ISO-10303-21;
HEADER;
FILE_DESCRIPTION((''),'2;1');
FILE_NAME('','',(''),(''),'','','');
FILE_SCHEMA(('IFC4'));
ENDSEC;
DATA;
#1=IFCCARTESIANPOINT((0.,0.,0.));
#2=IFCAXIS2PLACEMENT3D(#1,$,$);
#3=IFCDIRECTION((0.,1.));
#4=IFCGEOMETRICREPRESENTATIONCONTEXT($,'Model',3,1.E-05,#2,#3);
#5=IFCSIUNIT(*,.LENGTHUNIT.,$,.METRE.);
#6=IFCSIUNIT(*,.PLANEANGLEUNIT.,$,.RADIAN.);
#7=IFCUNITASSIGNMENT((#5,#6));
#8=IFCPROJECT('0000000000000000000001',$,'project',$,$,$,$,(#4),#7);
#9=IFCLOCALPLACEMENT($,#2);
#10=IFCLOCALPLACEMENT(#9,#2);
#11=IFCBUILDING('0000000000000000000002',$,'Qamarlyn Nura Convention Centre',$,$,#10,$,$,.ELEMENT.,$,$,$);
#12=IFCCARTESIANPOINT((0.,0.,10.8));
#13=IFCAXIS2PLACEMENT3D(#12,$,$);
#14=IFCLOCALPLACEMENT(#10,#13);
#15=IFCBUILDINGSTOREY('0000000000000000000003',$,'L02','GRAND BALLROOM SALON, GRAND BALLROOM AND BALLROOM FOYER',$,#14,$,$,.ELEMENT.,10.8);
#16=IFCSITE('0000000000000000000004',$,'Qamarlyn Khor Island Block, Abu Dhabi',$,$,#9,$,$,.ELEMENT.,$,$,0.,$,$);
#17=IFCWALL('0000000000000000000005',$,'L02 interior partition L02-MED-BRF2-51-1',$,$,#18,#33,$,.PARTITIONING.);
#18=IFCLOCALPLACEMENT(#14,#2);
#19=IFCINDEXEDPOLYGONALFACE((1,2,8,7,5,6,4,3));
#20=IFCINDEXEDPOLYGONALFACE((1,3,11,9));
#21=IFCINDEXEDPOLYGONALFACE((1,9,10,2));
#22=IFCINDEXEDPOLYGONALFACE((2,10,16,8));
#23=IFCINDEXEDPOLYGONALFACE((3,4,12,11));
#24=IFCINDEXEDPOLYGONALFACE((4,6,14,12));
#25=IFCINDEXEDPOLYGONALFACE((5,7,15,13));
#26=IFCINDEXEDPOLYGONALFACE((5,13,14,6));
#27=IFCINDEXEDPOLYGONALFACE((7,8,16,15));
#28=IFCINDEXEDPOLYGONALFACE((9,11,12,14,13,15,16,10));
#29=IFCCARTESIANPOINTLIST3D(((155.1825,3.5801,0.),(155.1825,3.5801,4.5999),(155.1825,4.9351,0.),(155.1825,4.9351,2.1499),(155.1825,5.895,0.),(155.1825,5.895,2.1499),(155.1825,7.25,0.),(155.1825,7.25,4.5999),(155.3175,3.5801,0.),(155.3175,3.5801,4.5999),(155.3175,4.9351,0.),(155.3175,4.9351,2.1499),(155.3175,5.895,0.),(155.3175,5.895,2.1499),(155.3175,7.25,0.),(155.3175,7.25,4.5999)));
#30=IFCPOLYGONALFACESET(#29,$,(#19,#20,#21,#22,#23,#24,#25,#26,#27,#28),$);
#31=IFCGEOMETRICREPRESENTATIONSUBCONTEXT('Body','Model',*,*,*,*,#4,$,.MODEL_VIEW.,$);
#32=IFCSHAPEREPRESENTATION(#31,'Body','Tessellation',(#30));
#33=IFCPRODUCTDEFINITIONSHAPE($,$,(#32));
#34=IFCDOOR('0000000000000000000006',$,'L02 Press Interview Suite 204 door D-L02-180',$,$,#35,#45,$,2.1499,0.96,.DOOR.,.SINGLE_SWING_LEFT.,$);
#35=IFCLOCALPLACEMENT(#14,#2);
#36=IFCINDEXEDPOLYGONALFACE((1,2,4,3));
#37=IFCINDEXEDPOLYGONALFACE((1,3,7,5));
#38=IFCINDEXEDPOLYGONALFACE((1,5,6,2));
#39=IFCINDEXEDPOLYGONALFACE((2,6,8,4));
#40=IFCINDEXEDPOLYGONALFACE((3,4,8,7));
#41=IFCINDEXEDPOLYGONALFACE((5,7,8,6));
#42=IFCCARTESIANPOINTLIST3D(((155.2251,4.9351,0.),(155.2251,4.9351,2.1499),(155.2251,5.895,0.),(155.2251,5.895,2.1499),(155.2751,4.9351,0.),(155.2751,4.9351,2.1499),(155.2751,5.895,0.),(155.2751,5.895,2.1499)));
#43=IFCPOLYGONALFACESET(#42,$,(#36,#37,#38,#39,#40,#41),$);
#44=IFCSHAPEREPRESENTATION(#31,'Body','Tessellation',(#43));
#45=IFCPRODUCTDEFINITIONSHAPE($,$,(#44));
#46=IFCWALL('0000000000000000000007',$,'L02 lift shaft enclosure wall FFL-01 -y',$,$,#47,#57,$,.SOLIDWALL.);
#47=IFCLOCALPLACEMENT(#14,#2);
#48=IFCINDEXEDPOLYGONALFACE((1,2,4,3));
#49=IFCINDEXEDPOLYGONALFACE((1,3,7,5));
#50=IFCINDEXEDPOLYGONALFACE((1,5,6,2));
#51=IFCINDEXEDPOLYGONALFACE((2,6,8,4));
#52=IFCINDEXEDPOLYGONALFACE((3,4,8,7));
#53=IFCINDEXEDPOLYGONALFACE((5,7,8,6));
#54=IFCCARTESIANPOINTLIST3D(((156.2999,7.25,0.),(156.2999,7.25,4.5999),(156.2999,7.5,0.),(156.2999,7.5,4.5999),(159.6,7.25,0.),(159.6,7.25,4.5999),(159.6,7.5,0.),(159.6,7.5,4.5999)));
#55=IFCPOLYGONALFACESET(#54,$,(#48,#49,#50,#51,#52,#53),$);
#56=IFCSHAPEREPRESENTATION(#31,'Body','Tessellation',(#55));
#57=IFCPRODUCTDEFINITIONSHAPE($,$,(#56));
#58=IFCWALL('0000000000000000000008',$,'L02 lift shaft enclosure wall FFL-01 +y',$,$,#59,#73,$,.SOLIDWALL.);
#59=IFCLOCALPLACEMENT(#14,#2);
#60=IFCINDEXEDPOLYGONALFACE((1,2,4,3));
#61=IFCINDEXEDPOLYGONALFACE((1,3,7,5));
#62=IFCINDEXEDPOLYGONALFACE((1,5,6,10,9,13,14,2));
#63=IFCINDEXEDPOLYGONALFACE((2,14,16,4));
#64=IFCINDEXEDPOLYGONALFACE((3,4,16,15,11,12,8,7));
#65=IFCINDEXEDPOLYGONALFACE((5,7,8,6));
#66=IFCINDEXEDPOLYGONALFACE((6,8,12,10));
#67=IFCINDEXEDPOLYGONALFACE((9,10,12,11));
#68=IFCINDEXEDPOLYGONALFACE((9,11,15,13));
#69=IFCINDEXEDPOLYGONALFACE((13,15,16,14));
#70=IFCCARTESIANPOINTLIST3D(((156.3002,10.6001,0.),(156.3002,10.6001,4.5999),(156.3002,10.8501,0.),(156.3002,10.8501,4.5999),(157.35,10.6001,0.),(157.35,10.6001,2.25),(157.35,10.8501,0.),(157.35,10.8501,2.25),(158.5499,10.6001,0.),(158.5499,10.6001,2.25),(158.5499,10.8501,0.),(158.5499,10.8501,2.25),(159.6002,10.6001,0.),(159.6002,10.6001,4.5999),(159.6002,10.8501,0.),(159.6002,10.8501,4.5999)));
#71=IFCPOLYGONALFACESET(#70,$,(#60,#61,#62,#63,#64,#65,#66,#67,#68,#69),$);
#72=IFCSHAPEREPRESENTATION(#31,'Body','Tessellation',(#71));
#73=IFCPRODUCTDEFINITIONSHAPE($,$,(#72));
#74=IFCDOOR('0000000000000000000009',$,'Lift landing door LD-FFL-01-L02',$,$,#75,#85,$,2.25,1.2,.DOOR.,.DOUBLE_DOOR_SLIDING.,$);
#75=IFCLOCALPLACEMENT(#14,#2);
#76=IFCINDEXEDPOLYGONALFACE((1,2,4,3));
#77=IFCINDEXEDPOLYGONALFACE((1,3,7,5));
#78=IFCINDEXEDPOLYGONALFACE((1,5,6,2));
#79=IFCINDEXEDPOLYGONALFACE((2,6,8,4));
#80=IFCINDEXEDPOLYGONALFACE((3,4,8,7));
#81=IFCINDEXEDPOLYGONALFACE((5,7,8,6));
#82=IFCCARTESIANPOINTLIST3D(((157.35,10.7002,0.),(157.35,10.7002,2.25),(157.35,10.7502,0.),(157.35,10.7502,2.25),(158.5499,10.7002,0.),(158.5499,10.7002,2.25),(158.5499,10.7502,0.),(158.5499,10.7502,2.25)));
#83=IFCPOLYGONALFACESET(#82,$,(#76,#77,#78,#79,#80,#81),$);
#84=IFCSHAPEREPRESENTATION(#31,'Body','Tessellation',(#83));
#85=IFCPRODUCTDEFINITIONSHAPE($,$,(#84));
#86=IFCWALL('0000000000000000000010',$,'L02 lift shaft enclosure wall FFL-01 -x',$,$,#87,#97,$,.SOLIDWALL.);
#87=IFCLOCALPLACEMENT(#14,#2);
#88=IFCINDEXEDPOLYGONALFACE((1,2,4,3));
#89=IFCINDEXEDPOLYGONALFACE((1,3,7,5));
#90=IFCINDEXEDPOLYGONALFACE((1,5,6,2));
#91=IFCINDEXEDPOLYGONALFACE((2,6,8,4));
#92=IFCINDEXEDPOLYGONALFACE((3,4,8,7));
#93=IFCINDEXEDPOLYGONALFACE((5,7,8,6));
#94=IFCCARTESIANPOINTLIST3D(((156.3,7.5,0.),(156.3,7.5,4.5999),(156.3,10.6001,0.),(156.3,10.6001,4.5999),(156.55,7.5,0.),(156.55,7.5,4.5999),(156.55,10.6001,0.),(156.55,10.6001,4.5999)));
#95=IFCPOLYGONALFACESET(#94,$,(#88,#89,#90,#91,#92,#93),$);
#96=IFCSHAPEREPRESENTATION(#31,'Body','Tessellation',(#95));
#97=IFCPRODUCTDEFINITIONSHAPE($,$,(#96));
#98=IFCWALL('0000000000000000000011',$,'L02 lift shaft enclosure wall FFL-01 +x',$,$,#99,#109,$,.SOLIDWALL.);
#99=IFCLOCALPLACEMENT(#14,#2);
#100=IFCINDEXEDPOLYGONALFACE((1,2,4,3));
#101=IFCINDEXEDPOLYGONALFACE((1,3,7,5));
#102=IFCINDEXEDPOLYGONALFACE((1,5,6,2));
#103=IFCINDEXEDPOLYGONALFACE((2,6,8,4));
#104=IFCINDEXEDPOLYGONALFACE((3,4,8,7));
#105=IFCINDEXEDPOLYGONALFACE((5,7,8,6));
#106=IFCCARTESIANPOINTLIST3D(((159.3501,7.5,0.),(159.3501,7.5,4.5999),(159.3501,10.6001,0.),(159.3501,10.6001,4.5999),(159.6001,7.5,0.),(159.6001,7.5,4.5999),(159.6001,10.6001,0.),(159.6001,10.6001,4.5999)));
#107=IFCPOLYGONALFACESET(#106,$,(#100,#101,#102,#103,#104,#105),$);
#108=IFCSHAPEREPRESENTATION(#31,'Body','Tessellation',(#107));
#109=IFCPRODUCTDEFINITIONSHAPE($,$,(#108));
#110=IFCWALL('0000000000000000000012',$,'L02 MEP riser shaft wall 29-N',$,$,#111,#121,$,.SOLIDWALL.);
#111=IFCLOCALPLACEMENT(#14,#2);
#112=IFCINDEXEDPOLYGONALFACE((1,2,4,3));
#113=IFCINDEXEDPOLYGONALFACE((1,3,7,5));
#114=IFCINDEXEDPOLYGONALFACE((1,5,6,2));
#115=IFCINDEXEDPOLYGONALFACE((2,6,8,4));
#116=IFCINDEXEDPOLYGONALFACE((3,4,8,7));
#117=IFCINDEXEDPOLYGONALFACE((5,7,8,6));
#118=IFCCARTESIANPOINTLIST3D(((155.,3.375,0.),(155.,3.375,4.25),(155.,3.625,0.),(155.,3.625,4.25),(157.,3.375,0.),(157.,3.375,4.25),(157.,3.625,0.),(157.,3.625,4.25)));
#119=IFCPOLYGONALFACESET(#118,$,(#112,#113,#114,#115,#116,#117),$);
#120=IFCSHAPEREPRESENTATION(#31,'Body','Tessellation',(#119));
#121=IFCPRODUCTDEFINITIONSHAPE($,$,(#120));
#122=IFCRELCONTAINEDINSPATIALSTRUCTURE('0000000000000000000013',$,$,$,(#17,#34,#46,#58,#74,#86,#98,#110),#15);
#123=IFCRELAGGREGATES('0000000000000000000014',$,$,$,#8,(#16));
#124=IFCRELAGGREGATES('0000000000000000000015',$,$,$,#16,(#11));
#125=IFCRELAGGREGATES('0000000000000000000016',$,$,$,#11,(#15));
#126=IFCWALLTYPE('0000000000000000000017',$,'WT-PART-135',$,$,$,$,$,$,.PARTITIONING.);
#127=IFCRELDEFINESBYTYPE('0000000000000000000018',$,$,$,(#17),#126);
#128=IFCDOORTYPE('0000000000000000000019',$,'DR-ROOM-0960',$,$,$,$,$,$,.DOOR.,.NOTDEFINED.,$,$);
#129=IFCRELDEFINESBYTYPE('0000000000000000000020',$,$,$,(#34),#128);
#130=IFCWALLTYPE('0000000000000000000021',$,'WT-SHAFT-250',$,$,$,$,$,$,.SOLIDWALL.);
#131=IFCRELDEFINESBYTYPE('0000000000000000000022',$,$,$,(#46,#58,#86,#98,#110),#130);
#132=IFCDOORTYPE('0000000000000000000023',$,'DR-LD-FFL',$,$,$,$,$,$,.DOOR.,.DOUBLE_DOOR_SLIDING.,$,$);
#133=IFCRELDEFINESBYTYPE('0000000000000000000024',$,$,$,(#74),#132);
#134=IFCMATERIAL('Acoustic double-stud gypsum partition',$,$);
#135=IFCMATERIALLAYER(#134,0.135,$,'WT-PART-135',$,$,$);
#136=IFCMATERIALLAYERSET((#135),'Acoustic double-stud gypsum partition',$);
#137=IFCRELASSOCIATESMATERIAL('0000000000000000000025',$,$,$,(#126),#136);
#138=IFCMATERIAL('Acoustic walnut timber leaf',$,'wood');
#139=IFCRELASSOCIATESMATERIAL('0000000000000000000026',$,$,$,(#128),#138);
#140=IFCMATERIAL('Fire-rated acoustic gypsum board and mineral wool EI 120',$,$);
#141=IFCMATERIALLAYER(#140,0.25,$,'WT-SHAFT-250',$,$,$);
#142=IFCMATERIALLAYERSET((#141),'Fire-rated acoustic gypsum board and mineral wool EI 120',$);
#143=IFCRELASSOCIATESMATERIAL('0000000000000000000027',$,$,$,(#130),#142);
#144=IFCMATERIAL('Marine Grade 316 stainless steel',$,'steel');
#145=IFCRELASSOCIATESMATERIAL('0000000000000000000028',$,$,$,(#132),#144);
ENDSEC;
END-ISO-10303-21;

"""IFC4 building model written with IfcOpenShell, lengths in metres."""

from ifc_helpers import new_model, si_unit, direction, frame, frame_2d, origin, place, context, subcontext, project, spatial, rectangle, extrude, material, layer, layer_set, type_object, element, fill, save


model = new_model("IFC4")

# Units and contexts
model_context = context("Model", 3, precision=1e-05, world=origin(), true_north=direction((0.0, 1.0)))
body_context = subcontext(model_context, "Body", "Model", "MODEL_VIEW")
ifc_project = project(units=[si_unit("LENGTHUNIT", "METRE"), si_unit("PLANEANGLEUNIT", "RADIAN")], contexts=[model_context])

# Site, building, storey
site_placement = place(None, origin())
site = spatial("IfcSite", under=ifc_project, at=site_placement, Name="Qamarlyn Khor Island Block, Abu Dhabi", CompositionType="ELEMENT", RefElevation=0.0)
building_placement = place(site_placement, origin())
building = spatial("IfcBuilding", under=site, at=building_placement, Name="Qamarlyn Nura Convention Centre", CompositionType="ELEMENT")
storey_placement = place(building_placement, frame((0.0, 0.0, 10.8)))
storey = spatial("IfcBuildingStorey", under=building, at=storey_placement, Name="L02", Description="GRAND BALLROOM SALON, GRAND BALLROOM AND BALLROOM FOYER", CompositionType="ELEMENT", Elevation=10.8)

# Shared definitions
ifc_material_1 = material(Name="Fire-rated acoustic gypsum board and mineral wool EI 120")

# Shared definitions
ifc_material_2 = material(Name="Acoustic double-stud gypsum partition")
ifc_material_3 = material(Name="Acoustic walnut timber leaf", Category="wood")

# Shared definitions
ifc_layer_1 = layer(ifc_material_2, 0.135, Name="WT-PART-135")
ifc_layer_set_1 = layer_set([ifc_layer_1], Name="Acoustic double-stud gypsum partition")
wall_type_1 = type_object("IfcWallType", Name="WT-PART-135", PredefinedType="PARTITIONING", material=ifc_layer_set_1)

# Wall, opening, door
wall_1_placement = place(storey_placement, frame((155.25, 3.5801, 0.0), z_axis=(0.0, 0.0, 1.0), x_axis=(0.0, 1.0, 0.0)))
wall_1 = element("IfcWall", 1, at=wall_1_placement, inside=storey, type_object=wall_type_1, Name="L02 interior partition L02-MED-BRF2-51-1", PredefinedType="PARTITIONING", context=body_context, shape_type="SweptSolid", body=[
    extrude(rectangle(XDim=3.6699, YDim=0.135, at=frame_2d((1.835, 0.0))), origin(), (0.0, 0.0, 1.0), 4.5999),
])
opening_1_placement = place(wall_1_placement, frame((1.355, 0.0, 0.0)))
opening_1 = element("IfcOpeningElement", 2, at=opening_1_placement, cuts=wall_1, PredefinedType="OPENING", context=body_context, shape_type="SweptSolid", body=[
    extrude(rectangle(XDim=0.96, YDim=2.1499, at=frame_2d((0.48, 1.075))), frame((0.0, 0.0776, 0.0), z_axis=(0.0, -1.0, 0.0), x_axis=(1.0, 0.0, 0.0)), (0.0, 0.0, 1.0), 0.155),
])
door_type_1 = type_object("IfcDoorType", Name="DR-ROOM-0960", OperationType="NOTDEFINED", PredefinedType="DOOR", material=ifc_material_3)
door_1_placement = place(opening_1_placement, origin())
door_1 = element("IfcDoor", 3, at=door_1_placement, inside=storey, type_object=door_type_1, Name="L02 Press Interview Suite 204 door D-L02-180", OperationType="SINGLE_SWING_LEFT", OverallHeight=2.1499, OverallWidth=0.96, PredefinedType="DOOR", context=body_context, shape_type="SweptSolid", body=[
    extrude(rectangle(XDim=0.96, YDim=2.1499, at=frame_2d((0.48, 1.075))), frame((0.0, 0.0249, 0.0), z_axis=(0.0, -1.0, 0.0), x_axis=(1.0, 0.0, 0.0)), (0.0, 0.0, 1.0), 0.05),
])
fill(opening_1, door_1)

# Wall
ifc_layer_2 = layer(ifc_material_1, 0.25, Name="WT-SHAFT-250")
ifc_layer_set_2 = layer_set([ifc_layer_2], Name="Fire-rated acoustic gypsum board and mineral wool EI 120")
wall_type_2 = type_object("IfcWallType", Name="WT-SHAFT-250", PredefinedType="SOLIDWALL", material=ifc_layer_set_2)
wall_2_placement = place(storey_placement, frame((156.3, 7.375, 0.0), z_axis=(0.0, 0.0, 1.0), x_axis=(1.0, 0.0, 0.0)))
element("IfcWall", 4, at=wall_2_placement, inside=storey, type_object=wall_type_2, Name="L02 lift shaft enclosure wall FFL-01 -y", PredefinedType="SOLIDWALL", context=body_context, shape_type="SweptSolid", body=[
    extrude(rectangle(XDim=3.3, YDim=0.25, at=frame_2d((1.6499, 0.0))), origin(), (0.0, 0.0, 1.0), 4.5999),
])

# Wall, opening, door
wall_3_placement = place(storey_placement, frame((159.6001, 10.7251, 0.0), z_axis=(0.0, 0.0, 1.0), x_axis=(-1.0, 0.0, 0.0)))
wall_3 = element("IfcWall", 5, at=wall_3_placement, inside=storey, type_object=wall_type_2, Name="L02 lift shaft enclosure wall FFL-01 +y", PredefinedType="SOLIDWALL", context=body_context, shape_type="SweptSolid", body=[
    extrude(rectangle(XDim=3.3, YDim=0.25, at=frame_2d((1.6499, 0.0))), origin(), (0.0, 0.0, 1.0), 4.5999),
])
opening_2_placement = place(wall_3_placement, frame((1.05, 0.0, 0.0)))
opening_2 = element("IfcOpeningElement", 6, at=opening_2_placement, cuts=wall_3, PredefinedType="OPENING", context=body_context, shape_type="SweptSolid", body=[
    extrude(rectangle(XDim=1.2, YDim=2.25, at=frame_2d((0.6001, 1.125))), frame((0.0, 0.135, 0.0), z_axis=(0.0, -1.0, 0.0), x_axis=(1.0, 0.0, 0.0)), (0.0, 0.0, 1.0), 0.27),
])
ifc_material_4 = material(Name="Marine Grade 316 stainless steel", Category="steel")
door_type_2 = type_object("IfcDoorType", Name="DR-LD-FFL", OperationType="DOUBLE_DOOR_SLIDING", PredefinedType="DOOR", material=ifc_material_4)
door_2_placement = place(opening_2_placement, origin())
door_2 = element("IfcDoor", 7, at=door_2_placement, inside=storey, type_object=door_type_2, Name="Lift landing door LD-FFL-01-L02", OperationType="DOUBLE_DOOR_SLIDING", OverallHeight=2.25, OverallWidth=1.2, PredefinedType="DOOR", context=body_context, shape_type="SweptSolid", body=[
    extrude(rectangle(XDim=1.2, YDim=2.25, at=frame_2d((0.6001, 1.125))), frame((0.0, 0.0249, 0.0), z_axis=(0.0, -1.0, 0.0), x_axis=(1.0, 0.0, 0.0)), (0.0, 0.0, 1.0), 0.05),
])
fill(opening_2, door_2)

# Walls
for number, where, z_axis, x_axis, name in (
    (8, (156.425, 10.6001, 0.0), (0.0, 0.0, 1.0), (0.0, -1.0, 0.0), "L02 lift shaft enclosure wall FFL-01 -x"),
    (9, (159.4751, 7.5, 0.0), (0.0, 0.0, 1.0), (0.0, 1.0, 0.0), "L02 lift shaft enclosure wall FFL-01 +x"),
):
    element("IfcWall", number, at=place(storey_placement, frame(where, z_axis=z_axis, x_axis=x_axis)), inside=storey, type_object=wall_type_2, Name=name, PredefinedType="SOLIDWALL", context=body_context, shape_type="SweptSolid", body=[
        extrude(rectangle(XDim=3.1001, YDim=0.25, at=frame_2d((1.55, 0.0))), origin(), (0.0, 0.0, 1.0), 4.5999),
    ])
wall_4_placement = place(storey_placement, frame((157.0, 3.5, 0.0), z_axis=(0.0, 0.0, 1.0), x_axis=(-1.0, 0.0, 0.0)))
element("IfcWall", 10, at=wall_4_placement, inside=storey, type_object=wall_type_2, Name="L02 MEP riser shaft wall 29-N", PredefinedType="SOLIDWALL", context=body_context, shape_type="SweptSolid", body=[
    extrude(rectangle(XDim=2.0, YDim=0.25, at=frame_2d((1.0, 0.0))), origin(), (0.0, 0.0, 1.0), 4.25),
])

save(model, "model.ifc")
